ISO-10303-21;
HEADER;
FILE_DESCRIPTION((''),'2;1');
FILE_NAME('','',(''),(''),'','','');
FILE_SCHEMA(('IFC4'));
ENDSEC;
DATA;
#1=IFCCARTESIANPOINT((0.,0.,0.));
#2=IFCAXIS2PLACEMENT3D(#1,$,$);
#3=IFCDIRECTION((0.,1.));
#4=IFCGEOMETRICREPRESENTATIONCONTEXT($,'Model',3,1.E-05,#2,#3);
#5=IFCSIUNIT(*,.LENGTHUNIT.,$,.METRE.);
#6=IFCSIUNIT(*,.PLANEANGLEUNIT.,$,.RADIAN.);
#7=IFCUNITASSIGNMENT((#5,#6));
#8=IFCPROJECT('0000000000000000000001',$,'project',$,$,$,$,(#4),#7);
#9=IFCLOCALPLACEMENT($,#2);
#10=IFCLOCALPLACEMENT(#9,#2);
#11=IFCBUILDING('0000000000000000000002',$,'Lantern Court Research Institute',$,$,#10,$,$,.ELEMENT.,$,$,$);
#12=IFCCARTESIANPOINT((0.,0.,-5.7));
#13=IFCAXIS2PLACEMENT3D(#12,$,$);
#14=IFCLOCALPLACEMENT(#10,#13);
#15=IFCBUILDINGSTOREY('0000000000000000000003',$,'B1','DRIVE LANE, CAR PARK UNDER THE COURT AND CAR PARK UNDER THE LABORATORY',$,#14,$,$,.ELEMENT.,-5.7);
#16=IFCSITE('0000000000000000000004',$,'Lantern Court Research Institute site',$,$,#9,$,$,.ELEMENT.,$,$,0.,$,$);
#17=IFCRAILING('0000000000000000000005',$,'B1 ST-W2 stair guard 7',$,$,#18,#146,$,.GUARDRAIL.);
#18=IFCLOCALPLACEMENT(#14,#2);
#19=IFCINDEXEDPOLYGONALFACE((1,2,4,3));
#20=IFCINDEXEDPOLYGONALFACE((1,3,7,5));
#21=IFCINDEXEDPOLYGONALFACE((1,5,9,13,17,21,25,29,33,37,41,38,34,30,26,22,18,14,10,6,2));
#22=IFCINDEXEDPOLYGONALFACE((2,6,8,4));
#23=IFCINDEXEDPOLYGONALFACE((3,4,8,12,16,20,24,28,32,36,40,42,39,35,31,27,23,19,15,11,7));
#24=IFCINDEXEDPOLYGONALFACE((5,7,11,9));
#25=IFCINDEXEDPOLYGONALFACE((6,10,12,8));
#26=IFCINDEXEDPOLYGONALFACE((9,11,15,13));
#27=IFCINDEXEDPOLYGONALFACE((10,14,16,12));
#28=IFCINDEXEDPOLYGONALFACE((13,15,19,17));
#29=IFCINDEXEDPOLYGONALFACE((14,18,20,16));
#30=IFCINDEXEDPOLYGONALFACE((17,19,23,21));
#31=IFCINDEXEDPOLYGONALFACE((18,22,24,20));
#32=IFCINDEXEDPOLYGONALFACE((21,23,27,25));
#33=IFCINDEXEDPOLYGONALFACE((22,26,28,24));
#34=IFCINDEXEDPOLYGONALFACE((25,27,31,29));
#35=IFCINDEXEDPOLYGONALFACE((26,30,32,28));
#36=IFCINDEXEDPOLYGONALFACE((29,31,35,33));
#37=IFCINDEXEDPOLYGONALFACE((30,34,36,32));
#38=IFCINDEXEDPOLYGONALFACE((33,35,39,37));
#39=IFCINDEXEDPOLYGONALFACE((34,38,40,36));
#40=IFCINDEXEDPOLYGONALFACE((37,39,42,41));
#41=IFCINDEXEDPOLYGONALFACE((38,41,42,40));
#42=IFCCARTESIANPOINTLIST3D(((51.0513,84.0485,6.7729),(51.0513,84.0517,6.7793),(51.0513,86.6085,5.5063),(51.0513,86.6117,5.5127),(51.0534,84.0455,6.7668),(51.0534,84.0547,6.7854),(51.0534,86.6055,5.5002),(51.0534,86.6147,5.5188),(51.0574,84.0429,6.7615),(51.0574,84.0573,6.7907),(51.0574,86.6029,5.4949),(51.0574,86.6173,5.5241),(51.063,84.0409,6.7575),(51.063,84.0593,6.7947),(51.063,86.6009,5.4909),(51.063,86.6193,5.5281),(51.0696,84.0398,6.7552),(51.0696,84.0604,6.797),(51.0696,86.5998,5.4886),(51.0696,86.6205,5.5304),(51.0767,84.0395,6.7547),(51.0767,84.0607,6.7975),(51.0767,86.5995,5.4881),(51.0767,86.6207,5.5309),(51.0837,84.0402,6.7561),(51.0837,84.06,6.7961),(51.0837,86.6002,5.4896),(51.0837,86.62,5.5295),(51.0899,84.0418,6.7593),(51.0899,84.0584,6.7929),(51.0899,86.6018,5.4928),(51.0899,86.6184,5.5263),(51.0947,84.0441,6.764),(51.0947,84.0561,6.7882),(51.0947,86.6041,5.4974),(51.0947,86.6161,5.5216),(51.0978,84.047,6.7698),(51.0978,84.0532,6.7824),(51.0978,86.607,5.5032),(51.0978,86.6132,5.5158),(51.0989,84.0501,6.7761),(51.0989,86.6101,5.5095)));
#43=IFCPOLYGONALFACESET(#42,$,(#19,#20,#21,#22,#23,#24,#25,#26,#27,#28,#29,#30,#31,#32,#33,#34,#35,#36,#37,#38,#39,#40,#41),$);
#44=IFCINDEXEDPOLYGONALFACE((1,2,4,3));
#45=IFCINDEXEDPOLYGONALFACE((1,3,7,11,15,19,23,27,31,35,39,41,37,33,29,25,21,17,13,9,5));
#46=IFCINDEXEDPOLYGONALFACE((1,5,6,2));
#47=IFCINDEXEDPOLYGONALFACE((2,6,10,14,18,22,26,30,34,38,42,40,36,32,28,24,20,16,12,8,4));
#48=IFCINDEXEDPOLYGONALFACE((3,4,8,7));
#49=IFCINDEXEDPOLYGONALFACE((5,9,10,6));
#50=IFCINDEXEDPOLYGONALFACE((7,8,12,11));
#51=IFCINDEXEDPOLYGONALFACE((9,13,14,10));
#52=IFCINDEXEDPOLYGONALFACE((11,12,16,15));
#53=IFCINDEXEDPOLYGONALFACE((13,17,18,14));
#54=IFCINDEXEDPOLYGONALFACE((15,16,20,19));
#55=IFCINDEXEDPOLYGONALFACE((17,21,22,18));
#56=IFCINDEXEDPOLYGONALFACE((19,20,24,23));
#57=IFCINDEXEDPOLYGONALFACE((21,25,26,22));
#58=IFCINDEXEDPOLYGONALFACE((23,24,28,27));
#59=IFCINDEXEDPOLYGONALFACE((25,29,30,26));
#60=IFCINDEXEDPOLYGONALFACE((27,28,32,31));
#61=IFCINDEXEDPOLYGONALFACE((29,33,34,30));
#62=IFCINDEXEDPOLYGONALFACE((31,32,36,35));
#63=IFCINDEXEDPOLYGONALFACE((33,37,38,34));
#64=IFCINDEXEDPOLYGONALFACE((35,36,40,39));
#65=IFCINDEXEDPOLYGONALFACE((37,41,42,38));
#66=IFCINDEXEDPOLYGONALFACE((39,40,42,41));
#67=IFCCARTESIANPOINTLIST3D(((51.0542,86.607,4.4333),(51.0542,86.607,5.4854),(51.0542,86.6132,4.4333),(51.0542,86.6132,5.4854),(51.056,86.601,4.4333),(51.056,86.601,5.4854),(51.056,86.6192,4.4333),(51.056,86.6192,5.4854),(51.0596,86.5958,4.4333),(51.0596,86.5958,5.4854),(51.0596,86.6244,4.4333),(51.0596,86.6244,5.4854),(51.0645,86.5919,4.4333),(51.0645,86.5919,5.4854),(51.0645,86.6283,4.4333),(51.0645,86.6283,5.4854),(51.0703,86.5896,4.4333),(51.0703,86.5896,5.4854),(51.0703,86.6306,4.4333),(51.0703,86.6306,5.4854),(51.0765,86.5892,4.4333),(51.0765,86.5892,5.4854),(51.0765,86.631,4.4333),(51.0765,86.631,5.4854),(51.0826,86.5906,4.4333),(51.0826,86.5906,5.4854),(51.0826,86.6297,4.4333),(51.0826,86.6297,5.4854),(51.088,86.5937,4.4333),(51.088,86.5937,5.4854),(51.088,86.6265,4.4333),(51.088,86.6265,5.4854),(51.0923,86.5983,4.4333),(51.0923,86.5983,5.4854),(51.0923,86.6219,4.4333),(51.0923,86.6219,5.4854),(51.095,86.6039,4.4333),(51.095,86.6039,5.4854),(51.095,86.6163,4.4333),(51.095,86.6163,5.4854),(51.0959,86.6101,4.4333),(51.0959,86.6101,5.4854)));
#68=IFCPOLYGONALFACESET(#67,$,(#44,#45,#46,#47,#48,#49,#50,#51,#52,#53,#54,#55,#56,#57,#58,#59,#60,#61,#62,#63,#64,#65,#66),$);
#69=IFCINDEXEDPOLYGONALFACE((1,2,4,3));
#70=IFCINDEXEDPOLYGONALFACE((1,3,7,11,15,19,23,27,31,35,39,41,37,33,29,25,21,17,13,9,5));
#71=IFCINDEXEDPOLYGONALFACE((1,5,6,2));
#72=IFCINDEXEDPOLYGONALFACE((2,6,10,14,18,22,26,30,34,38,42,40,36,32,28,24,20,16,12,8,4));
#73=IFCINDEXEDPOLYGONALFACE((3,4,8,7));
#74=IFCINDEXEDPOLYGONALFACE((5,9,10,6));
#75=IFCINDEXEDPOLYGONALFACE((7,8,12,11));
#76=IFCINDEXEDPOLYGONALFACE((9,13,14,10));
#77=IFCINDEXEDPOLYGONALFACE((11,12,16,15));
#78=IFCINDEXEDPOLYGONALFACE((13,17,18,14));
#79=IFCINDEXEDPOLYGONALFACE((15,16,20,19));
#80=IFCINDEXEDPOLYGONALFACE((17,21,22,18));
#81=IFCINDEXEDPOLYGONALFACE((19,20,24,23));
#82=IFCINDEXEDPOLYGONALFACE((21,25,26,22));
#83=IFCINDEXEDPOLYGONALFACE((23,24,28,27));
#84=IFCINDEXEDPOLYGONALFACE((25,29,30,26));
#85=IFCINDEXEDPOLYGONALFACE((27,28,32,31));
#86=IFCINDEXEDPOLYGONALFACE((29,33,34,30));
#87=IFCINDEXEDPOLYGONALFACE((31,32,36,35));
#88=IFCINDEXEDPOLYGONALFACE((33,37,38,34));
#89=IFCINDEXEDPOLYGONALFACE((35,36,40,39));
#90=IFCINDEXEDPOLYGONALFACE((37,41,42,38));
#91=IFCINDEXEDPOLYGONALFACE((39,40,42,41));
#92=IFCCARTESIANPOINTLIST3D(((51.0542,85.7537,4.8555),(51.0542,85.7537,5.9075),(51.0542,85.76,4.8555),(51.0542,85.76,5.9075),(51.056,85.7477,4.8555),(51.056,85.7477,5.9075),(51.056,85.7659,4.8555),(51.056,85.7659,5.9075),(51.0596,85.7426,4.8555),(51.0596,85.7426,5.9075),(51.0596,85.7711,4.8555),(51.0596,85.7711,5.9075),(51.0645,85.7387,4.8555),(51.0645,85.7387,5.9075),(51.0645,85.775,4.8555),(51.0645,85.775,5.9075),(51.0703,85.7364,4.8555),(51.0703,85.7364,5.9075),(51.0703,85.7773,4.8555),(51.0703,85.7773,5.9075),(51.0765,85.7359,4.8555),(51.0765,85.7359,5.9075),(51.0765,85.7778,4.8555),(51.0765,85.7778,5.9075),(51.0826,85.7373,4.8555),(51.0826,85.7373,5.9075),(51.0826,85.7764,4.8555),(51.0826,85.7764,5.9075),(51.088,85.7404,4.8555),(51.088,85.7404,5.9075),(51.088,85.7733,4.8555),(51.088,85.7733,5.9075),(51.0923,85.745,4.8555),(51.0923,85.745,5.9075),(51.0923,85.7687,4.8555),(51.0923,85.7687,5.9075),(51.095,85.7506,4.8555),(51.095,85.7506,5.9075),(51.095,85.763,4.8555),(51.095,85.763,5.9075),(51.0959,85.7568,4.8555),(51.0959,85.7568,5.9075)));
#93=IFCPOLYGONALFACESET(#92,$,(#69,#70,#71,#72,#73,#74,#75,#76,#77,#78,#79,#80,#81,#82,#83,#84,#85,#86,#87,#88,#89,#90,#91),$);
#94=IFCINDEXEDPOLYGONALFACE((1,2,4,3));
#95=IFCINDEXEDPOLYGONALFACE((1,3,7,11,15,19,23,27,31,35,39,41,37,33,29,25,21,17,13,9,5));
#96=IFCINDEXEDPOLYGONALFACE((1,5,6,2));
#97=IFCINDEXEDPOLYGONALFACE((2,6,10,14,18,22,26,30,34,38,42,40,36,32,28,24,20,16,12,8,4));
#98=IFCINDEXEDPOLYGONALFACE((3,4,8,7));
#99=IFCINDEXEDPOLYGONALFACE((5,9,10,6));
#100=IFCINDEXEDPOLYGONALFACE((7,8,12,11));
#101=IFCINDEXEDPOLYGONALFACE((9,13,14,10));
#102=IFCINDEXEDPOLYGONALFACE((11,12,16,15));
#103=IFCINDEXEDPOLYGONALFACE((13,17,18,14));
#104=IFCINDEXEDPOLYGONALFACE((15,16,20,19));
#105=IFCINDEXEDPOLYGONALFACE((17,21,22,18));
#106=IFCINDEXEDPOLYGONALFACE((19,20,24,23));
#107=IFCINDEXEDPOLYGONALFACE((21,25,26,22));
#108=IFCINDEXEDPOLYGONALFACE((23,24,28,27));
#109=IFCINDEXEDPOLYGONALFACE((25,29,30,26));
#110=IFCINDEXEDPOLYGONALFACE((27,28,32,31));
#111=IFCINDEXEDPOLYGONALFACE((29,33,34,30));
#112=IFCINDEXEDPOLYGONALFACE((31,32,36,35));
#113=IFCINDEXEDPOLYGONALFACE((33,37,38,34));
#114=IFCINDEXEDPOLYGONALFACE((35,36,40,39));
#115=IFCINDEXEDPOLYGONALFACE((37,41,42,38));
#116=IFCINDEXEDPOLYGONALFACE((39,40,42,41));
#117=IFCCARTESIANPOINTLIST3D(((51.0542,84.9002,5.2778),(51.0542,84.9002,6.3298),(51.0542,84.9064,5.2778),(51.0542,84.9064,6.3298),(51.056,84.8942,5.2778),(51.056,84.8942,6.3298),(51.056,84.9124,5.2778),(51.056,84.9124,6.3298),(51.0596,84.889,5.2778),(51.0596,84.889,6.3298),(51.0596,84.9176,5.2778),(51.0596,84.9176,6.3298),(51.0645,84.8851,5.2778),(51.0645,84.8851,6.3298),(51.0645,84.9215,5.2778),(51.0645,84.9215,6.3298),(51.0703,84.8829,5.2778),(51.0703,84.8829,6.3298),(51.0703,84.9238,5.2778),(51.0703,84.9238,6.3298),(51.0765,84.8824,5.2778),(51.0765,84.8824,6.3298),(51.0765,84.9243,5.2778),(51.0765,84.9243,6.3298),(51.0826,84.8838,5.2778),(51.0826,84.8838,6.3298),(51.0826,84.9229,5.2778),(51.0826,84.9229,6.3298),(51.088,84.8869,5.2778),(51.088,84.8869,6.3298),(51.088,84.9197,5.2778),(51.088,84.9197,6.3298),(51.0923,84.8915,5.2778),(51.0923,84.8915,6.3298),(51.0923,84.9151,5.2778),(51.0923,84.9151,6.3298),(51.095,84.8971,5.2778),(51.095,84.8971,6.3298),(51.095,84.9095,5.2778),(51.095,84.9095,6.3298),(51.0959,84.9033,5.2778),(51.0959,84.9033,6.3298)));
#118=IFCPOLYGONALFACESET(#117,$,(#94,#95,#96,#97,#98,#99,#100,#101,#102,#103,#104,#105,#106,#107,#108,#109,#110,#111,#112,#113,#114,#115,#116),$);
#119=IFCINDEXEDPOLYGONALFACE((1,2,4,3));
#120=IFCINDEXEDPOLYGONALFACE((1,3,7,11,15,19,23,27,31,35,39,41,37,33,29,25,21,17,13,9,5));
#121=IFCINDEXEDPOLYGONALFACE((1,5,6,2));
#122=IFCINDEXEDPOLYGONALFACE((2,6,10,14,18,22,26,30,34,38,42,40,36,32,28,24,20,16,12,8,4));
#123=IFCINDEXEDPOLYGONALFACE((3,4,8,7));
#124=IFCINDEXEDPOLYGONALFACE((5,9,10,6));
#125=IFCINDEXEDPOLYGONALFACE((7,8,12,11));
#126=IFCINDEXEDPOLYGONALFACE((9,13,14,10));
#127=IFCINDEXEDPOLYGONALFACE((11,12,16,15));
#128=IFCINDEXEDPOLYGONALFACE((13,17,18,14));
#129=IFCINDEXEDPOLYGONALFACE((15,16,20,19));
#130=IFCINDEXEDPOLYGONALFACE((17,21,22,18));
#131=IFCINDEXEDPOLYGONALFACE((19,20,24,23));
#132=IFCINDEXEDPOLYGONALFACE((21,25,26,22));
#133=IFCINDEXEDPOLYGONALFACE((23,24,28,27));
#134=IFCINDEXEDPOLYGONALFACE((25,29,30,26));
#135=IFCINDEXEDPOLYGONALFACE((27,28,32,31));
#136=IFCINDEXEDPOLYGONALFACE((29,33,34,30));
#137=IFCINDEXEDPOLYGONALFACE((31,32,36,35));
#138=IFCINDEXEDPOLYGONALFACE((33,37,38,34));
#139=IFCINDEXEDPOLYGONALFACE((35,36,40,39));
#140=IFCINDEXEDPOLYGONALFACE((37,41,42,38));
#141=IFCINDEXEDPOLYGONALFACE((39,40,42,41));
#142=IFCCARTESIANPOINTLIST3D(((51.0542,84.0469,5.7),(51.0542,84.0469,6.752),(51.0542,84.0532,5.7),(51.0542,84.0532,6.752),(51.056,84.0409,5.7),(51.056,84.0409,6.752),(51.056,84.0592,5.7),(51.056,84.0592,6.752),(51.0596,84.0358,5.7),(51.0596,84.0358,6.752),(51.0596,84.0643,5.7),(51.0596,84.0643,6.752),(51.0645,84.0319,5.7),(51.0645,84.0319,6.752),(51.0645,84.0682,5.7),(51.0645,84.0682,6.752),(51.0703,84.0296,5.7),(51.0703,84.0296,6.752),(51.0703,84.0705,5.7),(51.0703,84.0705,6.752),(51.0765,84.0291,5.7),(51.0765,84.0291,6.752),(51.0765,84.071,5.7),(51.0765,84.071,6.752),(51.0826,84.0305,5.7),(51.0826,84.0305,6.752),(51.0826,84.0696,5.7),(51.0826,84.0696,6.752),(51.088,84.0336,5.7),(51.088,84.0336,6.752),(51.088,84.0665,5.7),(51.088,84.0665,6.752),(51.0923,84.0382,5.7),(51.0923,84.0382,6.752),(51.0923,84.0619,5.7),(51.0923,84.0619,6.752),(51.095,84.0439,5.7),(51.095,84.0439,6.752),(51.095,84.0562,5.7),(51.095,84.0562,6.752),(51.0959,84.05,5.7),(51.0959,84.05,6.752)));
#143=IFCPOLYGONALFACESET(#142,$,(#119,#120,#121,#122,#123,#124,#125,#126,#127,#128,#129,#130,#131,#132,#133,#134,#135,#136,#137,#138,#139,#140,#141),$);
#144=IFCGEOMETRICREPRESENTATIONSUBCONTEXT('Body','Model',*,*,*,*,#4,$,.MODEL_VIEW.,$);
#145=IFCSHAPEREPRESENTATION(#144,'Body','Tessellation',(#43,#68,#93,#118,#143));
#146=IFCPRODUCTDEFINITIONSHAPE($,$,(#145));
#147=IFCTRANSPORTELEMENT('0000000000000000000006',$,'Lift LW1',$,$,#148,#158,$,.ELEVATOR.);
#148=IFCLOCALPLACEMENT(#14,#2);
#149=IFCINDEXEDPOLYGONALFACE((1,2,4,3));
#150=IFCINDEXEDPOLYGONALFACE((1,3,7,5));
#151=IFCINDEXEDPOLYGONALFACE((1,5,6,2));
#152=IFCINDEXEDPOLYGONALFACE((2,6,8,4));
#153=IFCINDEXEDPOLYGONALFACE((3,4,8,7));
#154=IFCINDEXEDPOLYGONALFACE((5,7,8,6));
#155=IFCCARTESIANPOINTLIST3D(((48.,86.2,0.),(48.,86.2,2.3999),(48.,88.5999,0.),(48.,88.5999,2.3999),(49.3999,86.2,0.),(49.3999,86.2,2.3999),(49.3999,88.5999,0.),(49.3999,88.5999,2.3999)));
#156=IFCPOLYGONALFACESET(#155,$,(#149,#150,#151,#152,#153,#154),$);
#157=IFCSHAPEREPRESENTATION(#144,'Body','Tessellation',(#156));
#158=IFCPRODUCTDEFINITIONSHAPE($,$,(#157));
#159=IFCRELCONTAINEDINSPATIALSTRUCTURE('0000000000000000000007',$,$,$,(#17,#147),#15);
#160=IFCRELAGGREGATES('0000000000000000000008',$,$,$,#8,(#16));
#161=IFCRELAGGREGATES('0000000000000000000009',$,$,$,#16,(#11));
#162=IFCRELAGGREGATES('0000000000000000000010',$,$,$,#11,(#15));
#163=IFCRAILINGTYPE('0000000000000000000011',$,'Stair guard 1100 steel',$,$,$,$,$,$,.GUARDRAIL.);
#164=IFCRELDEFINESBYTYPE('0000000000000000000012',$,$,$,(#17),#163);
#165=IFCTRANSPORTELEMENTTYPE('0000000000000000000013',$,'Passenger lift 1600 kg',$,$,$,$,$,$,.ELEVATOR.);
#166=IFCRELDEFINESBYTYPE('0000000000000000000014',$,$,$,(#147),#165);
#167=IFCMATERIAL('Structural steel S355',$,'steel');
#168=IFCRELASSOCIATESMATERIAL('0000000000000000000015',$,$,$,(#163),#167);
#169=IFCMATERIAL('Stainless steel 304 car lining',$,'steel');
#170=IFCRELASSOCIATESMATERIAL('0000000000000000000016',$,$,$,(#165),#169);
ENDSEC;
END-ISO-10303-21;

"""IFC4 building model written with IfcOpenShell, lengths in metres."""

from ifc_helpers import new_model, si_unit, direction, frame, origin, origin_2d, place, context, subcontext, project, spatial, rectangle, circle, extrude, material, type_object, element, save


model = new_model("IFC4")

# Units and contexts
model_context = context("Model", 3, precision=1e-05, world=origin(), true_north=direction((0.0, 1.0)))
body_context = subcontext(model_context, "Body", "Model", "MODEL_VIEW")
ifc_project = project(units=[si_unit("LENGTHUNIT", "METRE"), si_unit("PLANEANGLEUNIT", "RADIAN")], contexts=[model_context])

# Site, building, storey
site_placement = place(None, origin())
site = spatial("IfcSite", under=ifc_project, at=site_placement, Name="Lantern Court Research Institute site", CompositionType="ELEMENT", RefElevation=0.0)
building_placement = place(site_placement, origin())
building = spatial("IfcBuilding", under=site, at=building_placement, Name="Lantern Court Research Institute", CompositionType="ELEMENT")
storey_placement = place(building_placement, frame((0.0, 0.0, -5.7)))
storey = spatial("IfcBuildingStorey", under=building, at=storey_placement, Name="B1", Description="DRIVE LANE, CAR PARK UNDER THE COURT AND CAR PARK UNDER THE LABORATORY", CompositionType="ELEMENT", Elevation=-5.7)

# Railing
ifc_material_1 = material(Name="Structural steel S355", Category="steel")
railing_type = type_object("IfcRailingType", Name="Stair guard 1100 steel", PredefinedType="GUARDRAIL", material=ifc_material_1)
railing_1_placement = place(storey_placement, frame((51.075, 86.6101, 4.4333)))
element("IfcRailing", 1, at=railing_1_placement, inside=storey, type_object=railing_type, Name="B1 ST-W2 stair guard 7", PredefinedType="GUARDRAIL", context=body_context, shape_type="SweptSolid", body=[
    extrude(circle(Radius=0.0239, at=origin_2d()), frame((0.0, 0.0, 1.0762), z_axis=(0.0, -0.8963, 0.443449), x_axis=(1.0, 0.0, 0.0)), (0.0, 0.0, 1.0), 2.8562),
    extrude(circle(Radius=0.021, at=origin_2d()), origin(), (0.0, 0.0, 1.0), 1.052),
    extrude(circle(Radius=0.021, at=origin_2d()), frame((0.0, -0.8533, 0.4221)), (0.0, 0.0, 1.0), 1.052),
    extrude(circle(Radius=0.021, at=origin_2d()), frame((0.0, -1.7068, 0.8445)), (0.0, 0.0, 1.0), 1.052),
    extrude(circle(Radius=0.021, at=origin_2d()), frame((0.0, -2.5601, 1.2666)), (0.0, 0.0, 1.0), 1.052),
])

# Transport element
ifc_material_2 = material(Name="Stainless steel 304 car lining", Category="steel")
transport_element_type = type_object("IfcTransportElementType", Name="Passenger lift 1600 kg", PredefinedType="ELEVATOR", material=ifc_material_2)
transport_element_placement = place(storey_placement, frame((48.7, 87.3999, 0.0), z_axis=(0.0, 0.0, 1.0), x_axis=(1.0, 0.0, 0.0)))
element("IfcTransportElement", 2, at=transport_element_placement, inside=storey, type_object=transport_element_type, Name="Lift LW1", PredefinedType="ELEVATOR", context=body_context, shape_type="SweptSolid", body=[
    extrude(rectangle(XDim=1.3999, YDim=2.3999, at=origin_2d()), origin(), (0.0, 0.0, 1.0), 2.3999),
])

save(model, "model.ifc")
